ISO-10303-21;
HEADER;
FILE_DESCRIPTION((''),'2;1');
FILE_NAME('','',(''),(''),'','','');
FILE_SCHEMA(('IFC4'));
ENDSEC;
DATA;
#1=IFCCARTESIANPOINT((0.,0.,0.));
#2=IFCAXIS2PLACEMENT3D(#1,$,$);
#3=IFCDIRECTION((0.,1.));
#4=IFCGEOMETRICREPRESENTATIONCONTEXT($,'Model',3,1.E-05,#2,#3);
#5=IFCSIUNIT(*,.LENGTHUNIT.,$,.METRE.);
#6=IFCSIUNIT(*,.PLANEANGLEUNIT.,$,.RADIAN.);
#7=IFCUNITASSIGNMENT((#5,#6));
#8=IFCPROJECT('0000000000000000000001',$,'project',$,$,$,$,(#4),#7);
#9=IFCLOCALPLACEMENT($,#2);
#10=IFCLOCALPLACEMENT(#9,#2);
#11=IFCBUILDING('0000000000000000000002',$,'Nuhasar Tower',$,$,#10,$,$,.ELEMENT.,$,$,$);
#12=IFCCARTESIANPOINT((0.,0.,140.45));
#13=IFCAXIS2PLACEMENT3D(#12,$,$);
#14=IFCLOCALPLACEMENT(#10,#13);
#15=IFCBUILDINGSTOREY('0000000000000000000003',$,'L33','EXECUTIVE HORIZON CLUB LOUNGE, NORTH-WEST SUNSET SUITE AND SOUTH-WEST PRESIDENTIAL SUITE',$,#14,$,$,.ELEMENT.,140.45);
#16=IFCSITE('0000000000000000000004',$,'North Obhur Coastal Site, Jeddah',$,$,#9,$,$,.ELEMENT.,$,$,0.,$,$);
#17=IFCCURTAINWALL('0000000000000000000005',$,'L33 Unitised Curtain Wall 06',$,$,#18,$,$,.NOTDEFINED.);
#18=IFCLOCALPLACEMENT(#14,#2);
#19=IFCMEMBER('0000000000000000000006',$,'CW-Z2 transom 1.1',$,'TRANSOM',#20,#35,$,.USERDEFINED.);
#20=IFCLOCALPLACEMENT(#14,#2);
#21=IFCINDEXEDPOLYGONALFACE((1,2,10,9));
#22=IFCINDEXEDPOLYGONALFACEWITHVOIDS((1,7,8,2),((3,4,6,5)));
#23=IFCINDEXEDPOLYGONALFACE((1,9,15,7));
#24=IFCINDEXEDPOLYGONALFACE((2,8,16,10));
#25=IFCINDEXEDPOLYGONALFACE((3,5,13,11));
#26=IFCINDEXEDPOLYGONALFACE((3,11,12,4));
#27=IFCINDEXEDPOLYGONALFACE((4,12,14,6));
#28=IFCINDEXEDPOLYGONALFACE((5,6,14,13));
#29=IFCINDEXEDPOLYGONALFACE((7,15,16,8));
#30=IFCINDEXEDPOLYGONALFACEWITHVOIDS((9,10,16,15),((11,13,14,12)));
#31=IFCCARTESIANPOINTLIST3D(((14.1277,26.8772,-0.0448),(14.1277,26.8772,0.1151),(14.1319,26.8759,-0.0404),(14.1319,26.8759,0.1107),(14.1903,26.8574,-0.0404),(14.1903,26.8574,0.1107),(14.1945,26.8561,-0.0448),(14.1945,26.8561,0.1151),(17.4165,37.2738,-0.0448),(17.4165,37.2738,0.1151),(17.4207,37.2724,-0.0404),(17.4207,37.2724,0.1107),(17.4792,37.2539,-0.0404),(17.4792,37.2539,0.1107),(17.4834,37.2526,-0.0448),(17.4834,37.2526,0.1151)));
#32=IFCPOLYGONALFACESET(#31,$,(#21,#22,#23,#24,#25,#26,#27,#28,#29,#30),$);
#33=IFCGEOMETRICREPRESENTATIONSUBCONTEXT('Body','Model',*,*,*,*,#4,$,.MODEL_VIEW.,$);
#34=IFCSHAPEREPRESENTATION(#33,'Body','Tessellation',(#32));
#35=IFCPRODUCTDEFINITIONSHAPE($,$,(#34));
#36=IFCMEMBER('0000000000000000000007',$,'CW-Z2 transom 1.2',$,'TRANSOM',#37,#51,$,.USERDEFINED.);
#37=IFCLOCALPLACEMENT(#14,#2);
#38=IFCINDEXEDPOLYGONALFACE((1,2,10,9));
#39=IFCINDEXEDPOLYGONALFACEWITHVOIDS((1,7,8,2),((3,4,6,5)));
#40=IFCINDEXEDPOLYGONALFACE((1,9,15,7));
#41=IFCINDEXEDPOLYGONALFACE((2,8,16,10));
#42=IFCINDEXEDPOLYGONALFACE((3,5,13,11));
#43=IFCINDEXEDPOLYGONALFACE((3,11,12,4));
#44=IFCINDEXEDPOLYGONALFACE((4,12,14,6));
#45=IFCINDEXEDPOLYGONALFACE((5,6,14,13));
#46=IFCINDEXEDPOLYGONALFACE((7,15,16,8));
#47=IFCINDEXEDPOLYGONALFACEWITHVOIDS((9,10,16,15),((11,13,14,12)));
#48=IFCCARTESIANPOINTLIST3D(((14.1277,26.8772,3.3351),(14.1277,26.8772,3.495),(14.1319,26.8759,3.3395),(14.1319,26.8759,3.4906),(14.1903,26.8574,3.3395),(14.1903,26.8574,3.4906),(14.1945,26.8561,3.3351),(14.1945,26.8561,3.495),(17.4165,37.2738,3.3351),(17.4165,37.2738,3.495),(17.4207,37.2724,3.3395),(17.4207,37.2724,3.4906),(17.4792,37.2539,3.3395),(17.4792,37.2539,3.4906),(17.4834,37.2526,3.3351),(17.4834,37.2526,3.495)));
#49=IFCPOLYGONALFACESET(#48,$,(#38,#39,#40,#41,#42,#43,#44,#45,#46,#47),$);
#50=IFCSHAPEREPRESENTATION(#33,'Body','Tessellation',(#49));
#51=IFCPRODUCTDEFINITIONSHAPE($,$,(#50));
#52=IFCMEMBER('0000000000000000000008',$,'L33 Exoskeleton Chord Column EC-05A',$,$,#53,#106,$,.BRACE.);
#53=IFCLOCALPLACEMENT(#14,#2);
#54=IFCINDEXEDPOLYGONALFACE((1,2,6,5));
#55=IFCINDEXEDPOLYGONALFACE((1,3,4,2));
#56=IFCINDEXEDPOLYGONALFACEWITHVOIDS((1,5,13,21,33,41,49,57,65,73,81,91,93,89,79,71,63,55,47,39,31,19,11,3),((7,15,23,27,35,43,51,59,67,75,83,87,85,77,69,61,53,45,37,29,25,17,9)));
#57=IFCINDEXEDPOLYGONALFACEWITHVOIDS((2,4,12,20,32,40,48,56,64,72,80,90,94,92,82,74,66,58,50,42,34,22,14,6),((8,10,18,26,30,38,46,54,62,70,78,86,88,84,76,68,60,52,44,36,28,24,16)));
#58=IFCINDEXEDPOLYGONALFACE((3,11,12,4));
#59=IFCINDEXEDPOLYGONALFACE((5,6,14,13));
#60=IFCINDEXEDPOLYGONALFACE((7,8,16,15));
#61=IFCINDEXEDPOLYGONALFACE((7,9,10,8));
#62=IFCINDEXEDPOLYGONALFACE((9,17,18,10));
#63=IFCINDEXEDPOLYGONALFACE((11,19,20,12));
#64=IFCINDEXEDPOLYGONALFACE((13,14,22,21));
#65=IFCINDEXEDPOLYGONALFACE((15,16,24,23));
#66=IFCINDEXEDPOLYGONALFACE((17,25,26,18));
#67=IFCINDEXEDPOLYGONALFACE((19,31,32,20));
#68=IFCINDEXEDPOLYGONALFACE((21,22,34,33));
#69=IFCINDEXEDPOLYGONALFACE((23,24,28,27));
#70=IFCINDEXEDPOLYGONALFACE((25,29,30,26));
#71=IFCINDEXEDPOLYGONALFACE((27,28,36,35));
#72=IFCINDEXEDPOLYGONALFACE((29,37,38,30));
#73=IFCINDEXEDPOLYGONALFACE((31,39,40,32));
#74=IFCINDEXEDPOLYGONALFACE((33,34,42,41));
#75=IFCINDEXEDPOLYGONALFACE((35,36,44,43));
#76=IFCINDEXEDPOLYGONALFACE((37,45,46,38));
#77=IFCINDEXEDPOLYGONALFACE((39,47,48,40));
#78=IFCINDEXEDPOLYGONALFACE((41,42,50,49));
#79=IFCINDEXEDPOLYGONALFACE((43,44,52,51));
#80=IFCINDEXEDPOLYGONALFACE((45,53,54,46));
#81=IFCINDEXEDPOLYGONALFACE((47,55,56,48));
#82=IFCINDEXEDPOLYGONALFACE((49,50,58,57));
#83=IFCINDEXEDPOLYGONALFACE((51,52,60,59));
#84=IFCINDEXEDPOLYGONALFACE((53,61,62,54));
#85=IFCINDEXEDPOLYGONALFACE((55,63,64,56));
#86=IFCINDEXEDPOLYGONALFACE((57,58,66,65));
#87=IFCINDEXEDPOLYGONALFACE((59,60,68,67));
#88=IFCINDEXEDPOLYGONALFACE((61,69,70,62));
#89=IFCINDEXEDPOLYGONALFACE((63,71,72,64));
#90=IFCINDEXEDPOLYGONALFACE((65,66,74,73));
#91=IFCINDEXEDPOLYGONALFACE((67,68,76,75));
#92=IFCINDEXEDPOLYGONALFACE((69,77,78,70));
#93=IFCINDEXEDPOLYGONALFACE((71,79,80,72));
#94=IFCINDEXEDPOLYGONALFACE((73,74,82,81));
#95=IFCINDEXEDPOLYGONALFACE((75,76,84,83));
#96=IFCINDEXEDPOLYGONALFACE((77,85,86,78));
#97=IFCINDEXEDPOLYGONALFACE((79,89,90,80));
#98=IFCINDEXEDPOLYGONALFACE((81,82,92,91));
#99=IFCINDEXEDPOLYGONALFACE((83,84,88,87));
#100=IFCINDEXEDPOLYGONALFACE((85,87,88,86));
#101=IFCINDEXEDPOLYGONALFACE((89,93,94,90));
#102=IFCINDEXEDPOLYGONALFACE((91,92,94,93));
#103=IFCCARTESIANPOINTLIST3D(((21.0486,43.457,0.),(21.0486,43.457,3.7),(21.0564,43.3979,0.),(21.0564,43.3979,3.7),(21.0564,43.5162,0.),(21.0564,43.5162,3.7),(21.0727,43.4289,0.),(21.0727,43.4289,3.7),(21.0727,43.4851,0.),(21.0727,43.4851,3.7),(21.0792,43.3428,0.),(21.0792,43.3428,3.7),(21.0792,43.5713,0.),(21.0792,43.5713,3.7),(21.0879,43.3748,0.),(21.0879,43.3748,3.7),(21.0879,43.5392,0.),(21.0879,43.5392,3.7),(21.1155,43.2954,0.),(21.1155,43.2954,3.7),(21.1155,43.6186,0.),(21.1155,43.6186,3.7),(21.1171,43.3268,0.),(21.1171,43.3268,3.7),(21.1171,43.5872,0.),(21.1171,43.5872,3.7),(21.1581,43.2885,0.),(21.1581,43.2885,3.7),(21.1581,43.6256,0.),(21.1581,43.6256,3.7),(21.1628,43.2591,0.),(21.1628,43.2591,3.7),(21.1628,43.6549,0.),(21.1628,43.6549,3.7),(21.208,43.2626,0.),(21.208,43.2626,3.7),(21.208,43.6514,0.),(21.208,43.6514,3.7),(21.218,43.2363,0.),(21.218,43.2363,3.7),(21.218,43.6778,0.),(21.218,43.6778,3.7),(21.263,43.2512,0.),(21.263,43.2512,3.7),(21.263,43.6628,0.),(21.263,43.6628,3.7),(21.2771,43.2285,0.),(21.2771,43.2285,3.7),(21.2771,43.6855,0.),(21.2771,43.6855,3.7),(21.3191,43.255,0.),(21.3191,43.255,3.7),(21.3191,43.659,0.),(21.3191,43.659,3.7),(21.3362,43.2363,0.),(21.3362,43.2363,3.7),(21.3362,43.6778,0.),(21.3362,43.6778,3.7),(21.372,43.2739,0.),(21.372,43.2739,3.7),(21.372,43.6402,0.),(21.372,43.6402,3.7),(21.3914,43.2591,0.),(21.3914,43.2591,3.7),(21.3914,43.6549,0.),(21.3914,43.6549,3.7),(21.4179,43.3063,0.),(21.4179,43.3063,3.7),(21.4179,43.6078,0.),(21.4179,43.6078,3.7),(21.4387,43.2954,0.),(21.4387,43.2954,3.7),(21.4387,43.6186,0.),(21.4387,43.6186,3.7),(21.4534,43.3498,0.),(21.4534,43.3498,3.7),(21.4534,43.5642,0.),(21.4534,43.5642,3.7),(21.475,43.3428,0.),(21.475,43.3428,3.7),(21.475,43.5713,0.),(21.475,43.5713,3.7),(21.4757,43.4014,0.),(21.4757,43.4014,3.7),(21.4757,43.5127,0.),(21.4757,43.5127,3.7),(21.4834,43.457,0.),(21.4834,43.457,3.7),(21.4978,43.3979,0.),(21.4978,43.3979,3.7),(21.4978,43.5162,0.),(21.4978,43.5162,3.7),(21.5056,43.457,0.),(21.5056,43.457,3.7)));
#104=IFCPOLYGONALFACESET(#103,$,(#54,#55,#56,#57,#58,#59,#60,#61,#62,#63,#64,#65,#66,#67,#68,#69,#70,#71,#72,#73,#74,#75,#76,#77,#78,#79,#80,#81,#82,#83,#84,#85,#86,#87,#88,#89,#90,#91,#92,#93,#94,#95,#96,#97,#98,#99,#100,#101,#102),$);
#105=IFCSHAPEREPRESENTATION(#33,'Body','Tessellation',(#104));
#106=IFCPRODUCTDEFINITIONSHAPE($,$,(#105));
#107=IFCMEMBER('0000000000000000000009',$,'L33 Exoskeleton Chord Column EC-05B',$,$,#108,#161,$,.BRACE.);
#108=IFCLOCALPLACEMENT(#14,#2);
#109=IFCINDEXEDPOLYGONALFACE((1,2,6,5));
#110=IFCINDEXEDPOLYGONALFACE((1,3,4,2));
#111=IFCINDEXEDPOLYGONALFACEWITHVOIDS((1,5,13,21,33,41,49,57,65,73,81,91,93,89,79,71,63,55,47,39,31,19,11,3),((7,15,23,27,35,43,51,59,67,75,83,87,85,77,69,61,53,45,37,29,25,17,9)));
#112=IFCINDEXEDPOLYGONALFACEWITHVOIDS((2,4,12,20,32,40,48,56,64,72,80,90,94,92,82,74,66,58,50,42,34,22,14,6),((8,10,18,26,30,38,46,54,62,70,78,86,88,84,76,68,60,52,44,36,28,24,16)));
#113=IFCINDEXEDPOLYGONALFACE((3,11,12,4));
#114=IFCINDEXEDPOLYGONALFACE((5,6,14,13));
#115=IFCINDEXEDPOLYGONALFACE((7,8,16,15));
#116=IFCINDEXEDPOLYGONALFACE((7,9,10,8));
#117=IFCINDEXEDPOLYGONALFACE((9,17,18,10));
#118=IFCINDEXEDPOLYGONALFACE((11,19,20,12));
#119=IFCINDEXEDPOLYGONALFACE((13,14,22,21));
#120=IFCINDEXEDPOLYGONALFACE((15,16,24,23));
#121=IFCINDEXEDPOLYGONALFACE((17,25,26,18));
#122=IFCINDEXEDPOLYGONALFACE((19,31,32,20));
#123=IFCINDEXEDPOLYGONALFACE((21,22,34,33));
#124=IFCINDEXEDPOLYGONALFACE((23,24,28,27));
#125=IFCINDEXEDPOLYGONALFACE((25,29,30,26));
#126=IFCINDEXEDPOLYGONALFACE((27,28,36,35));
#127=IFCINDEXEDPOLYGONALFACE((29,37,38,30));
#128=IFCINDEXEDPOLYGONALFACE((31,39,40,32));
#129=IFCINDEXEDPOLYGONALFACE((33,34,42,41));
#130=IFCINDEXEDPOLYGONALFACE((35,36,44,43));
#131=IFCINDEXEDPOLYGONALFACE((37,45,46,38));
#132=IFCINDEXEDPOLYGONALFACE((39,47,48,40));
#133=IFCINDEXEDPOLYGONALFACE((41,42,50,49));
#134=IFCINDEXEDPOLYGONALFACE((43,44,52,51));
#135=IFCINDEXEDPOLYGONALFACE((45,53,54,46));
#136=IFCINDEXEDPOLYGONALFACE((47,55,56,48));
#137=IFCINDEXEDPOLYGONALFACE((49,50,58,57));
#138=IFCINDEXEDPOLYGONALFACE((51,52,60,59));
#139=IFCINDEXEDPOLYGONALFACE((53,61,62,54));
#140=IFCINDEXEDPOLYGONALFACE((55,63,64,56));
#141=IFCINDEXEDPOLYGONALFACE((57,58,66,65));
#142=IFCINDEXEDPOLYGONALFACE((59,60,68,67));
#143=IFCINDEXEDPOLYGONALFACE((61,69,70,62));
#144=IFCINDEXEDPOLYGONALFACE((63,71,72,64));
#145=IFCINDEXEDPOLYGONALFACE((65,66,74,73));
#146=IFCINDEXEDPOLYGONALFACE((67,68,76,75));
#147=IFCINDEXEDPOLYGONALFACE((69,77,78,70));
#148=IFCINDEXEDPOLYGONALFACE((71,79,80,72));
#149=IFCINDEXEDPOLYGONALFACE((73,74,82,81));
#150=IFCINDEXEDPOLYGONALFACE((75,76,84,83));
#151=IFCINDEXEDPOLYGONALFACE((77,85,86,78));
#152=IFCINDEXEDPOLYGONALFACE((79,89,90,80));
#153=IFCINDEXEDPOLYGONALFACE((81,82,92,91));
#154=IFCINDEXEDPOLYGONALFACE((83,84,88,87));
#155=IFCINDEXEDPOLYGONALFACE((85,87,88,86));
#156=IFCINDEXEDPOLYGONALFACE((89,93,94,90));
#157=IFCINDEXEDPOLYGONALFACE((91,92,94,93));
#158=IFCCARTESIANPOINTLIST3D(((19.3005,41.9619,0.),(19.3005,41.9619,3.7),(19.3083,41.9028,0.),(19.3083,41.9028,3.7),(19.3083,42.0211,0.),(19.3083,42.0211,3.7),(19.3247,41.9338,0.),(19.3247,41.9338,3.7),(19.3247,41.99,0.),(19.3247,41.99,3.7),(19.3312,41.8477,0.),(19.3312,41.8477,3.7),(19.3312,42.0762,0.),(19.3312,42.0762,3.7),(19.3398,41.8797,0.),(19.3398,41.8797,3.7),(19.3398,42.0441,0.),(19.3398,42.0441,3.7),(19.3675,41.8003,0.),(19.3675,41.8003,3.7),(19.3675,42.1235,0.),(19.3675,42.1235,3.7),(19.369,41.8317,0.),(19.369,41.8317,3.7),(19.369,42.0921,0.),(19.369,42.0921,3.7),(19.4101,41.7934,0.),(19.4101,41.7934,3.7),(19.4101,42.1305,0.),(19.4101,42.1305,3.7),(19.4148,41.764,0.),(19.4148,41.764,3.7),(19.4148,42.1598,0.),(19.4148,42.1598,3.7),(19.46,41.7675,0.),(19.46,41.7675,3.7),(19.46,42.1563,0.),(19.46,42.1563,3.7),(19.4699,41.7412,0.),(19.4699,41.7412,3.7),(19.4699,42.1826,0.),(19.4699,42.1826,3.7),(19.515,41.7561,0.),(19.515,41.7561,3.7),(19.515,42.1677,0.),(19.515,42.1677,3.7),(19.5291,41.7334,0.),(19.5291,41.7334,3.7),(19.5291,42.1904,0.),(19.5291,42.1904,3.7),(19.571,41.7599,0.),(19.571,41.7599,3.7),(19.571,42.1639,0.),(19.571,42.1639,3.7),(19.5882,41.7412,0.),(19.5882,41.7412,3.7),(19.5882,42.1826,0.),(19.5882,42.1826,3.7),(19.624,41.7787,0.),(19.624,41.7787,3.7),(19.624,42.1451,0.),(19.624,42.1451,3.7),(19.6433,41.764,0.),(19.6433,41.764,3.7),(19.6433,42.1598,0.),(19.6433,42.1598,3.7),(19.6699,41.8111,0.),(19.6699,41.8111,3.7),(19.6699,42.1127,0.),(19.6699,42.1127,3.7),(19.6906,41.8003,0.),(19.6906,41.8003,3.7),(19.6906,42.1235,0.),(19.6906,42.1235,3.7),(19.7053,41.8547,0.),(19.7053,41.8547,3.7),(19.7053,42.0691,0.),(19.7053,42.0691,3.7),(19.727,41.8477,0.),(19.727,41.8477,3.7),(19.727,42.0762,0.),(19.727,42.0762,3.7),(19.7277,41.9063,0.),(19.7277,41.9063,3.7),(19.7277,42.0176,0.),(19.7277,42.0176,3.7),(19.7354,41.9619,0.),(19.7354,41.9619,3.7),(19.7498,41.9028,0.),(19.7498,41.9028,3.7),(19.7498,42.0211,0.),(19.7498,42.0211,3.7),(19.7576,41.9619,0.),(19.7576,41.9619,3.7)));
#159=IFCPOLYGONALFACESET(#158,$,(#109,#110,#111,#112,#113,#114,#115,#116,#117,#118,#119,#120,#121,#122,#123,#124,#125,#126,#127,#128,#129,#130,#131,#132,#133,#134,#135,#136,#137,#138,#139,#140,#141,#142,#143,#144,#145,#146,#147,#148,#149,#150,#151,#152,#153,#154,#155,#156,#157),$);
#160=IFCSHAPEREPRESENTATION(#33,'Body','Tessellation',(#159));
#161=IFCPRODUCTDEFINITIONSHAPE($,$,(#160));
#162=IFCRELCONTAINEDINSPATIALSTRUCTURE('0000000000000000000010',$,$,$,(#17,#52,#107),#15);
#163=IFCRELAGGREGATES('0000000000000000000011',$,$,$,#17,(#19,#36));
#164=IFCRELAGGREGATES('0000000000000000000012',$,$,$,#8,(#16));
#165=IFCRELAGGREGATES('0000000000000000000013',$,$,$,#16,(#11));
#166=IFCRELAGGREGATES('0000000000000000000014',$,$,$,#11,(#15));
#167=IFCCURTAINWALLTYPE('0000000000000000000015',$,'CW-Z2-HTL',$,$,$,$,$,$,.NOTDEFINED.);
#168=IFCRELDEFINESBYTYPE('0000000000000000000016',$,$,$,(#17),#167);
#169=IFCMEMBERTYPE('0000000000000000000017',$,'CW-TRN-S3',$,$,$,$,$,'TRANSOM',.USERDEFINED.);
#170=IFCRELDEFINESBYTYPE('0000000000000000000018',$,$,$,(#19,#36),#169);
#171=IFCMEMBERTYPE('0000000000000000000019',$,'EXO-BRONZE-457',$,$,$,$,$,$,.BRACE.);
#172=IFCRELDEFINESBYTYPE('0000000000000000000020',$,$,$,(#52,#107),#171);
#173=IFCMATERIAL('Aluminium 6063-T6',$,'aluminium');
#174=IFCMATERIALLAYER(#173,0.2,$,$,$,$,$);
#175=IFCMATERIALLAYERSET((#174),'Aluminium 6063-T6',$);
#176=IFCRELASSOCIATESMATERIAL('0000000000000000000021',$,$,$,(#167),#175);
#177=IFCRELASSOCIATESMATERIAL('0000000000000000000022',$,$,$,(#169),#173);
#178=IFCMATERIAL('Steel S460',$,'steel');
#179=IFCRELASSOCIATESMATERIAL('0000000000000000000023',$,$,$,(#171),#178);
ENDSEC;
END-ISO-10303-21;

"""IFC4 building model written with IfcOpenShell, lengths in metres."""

from ifc_helpers import new_model, si_unit, direction, frame, origin, origin_2d, place, context, subcontext, project, spatial, hollow_rectangle, hollow_circle, extrude, material, layer, layer_set, material_profile, profile_set, type_object, element, aggregate, save


model = new_model("IFC4")

# Units and contexts
model_context = context("Model", 3, precision=1e-05, world=origin(), true_north=direction((0.0, 1.0)))
body_context = subcontext(model_context, "Body", "Model", "MODEL_VIEW")
ifc_project = project(units=[si_unit("LENGTHUNIT", "METRE"), si_unit("PLANEANGLEUNIT", "RADIAN")], contexts=[model_context])

# Site, building, storey
site_placement = place(None, origin())
site = spatial("IfcSite", under=ifc_project, at=site_placement, Name="North Obhur Coastal Site, Jeddah", CompositionType="ELEMENT", RefElevation=0.0)
building_placement = place(site_placement, origin())
building = spatial("IfcBuilding", under=site, at=building_placement, Name="Nuhasar Tower", CompositionType="ELEMENT")
storey_placement = place(building_placement, frame((0.0, 0.0, 140.45)))
storey = spatial("IfcBuildingStorey", under=building, at=storey_placement, Name="L33", Description="EXECUTIVE HORIZON CLUB LOUNGE, NORTH-WEST SUNSET SUITE AND SOUTH-WEST PRESIDENTIAL SUITE", CompositionType="ELEMENT", Elevation=140.45)

# Shared definitions
ifc_material_1 = material(Name="Aluminium 6063-T6", Category="aluminium")
ifc_layer_1 = layer(ifc_material_1, 0.2)
ifc_layer_set_1 = layer_set([ifc_layer_1], Name="Aluminium 6063-T6")
curtain_wall_type = type_object("IfcCurtainWallType", Name="CW-Z2-HTL", PredefinedType="NOTDEFINED", material=ifc_layer_set_1)

# Curtain wall
curtain_wall_1_placement = place(storey_placement, origin())
curtain_wall_1 = element("IfcCurtainWall", 1, at=curtain_wall_1_placement, inside=storey, type_object=curtain_wall_type, Name="L33 Unitised Curtain Wall 06", PredefinedType="NOTDEFINED")

# Members
ifc_material_profile_1 = material_profile(ifc_material_1, hollow_rectangle(XDim=0.0701, YDim=0.1599, WallThickness=0.0044, at=origin_2d()), Name="CWT-3")
ifc_profile_set_1 = profile_set([ifc_material_profile_1], Name="Aluminium 6063-T6")
member_type_1 = type_object("IfcMemberType", Name="CW-TRN-S3", ElementType="TRANSOM", PredefinedType="USERDEFINED", material=ifc_profile_set_1)
member_1_placement = place(storey_placement, frame((17.45, 37.2632, 0.0352), z_axis=(-0.301608, -0.953432, 0.0), x_axis=(0.953432, -0.301608, 0.0)))
member_1 = element("IfcMember", 2, at=member_1_placement, type_object=member_type_1, Name="CW-Z2 transom 1.1", ObjectType="TRANSOM", PredefinedType="USERDEFINED", context=body_context, shape_type="SweptSolid", body=[
    extrude(hollow_rectangle(XDim=0.0701, YDim=0.1599, WallThickness=0.0044, at=origin_2d()), origin(), (0.0, 0.0, 1.0), 10.9043),
])
member_2_placement = place(storey_placement, frame((17.45, 37.2632, 3.415), z_axis=(-0.301608, -0.953432, 0.0), x_axis=(0.953432, -0.301608, 0.0)))
member_2 = element("IfcMember", 3, at=member_2_placement, type_object=member_type_1, Name="CW-Z2 transom 1.2", ObjectType="TRANSOM", PredefinedType="USERDEFINED", context=body_context, shape_type="SweptSolid", body=[
    extrude(hollow_rectangle(XDim=0.0701, YDim=0.1599, WallThickness=0.0044, at=origin_2d()), origin(), (0.0, 0.0, 1.0), 10.9043),
])
aggregate(curtain_wall_1, [member_1, member_2])

# Members
ifc_material_2 = material(Name="Steel S460", Category="steel")
ifc_material_profile_2 = material_profile(ifc_material_2, hollow_circle(Radius=0.2285, WallThickness=0.0222, at=origin_2d()), Name="HSS457X22.2")
ifc_profile_set_2 = profile_set([ifc_material_profile_2], Name="Steel S460")
member_type_2 = type_object("IfcMemberType", Name="EXO-BRONZE-457", PredefinedType="BRACE", material=ifc_profile_set_2)
for number, where, z_axis, x_axis, name in (
    (4, (21.2771, 43.457, 0.0), (0.0, 0.0, 1.0), (1.0, 0.0, 0.0), "L33 Exoskeleton Chord Column EC-05A"),
    (5, (19.5291, 41.9619, 0.0), (0.0, 0.0, 1.0), (1.0, 0.0, 0.0), "L33 Exoskeleton Chord Column EC-05B"),
):
    element("IfcMember", number, at=place(storey_placement, frame(where, z_axis=z_axis, x_axis=x_axis)), inside=storey, type_object=member_type_2, Name=name, PredefinedType="BRACE", context=body_context, shape_type="SweptSolid", body=[
        extrude(hollow_circle(Radius=0.2285, WallThickness=0.0222, at=origin_2d()), origin(), (0.0, 0.0, 1.0), 3.7),
    ])

save(model, "model.ifc")
